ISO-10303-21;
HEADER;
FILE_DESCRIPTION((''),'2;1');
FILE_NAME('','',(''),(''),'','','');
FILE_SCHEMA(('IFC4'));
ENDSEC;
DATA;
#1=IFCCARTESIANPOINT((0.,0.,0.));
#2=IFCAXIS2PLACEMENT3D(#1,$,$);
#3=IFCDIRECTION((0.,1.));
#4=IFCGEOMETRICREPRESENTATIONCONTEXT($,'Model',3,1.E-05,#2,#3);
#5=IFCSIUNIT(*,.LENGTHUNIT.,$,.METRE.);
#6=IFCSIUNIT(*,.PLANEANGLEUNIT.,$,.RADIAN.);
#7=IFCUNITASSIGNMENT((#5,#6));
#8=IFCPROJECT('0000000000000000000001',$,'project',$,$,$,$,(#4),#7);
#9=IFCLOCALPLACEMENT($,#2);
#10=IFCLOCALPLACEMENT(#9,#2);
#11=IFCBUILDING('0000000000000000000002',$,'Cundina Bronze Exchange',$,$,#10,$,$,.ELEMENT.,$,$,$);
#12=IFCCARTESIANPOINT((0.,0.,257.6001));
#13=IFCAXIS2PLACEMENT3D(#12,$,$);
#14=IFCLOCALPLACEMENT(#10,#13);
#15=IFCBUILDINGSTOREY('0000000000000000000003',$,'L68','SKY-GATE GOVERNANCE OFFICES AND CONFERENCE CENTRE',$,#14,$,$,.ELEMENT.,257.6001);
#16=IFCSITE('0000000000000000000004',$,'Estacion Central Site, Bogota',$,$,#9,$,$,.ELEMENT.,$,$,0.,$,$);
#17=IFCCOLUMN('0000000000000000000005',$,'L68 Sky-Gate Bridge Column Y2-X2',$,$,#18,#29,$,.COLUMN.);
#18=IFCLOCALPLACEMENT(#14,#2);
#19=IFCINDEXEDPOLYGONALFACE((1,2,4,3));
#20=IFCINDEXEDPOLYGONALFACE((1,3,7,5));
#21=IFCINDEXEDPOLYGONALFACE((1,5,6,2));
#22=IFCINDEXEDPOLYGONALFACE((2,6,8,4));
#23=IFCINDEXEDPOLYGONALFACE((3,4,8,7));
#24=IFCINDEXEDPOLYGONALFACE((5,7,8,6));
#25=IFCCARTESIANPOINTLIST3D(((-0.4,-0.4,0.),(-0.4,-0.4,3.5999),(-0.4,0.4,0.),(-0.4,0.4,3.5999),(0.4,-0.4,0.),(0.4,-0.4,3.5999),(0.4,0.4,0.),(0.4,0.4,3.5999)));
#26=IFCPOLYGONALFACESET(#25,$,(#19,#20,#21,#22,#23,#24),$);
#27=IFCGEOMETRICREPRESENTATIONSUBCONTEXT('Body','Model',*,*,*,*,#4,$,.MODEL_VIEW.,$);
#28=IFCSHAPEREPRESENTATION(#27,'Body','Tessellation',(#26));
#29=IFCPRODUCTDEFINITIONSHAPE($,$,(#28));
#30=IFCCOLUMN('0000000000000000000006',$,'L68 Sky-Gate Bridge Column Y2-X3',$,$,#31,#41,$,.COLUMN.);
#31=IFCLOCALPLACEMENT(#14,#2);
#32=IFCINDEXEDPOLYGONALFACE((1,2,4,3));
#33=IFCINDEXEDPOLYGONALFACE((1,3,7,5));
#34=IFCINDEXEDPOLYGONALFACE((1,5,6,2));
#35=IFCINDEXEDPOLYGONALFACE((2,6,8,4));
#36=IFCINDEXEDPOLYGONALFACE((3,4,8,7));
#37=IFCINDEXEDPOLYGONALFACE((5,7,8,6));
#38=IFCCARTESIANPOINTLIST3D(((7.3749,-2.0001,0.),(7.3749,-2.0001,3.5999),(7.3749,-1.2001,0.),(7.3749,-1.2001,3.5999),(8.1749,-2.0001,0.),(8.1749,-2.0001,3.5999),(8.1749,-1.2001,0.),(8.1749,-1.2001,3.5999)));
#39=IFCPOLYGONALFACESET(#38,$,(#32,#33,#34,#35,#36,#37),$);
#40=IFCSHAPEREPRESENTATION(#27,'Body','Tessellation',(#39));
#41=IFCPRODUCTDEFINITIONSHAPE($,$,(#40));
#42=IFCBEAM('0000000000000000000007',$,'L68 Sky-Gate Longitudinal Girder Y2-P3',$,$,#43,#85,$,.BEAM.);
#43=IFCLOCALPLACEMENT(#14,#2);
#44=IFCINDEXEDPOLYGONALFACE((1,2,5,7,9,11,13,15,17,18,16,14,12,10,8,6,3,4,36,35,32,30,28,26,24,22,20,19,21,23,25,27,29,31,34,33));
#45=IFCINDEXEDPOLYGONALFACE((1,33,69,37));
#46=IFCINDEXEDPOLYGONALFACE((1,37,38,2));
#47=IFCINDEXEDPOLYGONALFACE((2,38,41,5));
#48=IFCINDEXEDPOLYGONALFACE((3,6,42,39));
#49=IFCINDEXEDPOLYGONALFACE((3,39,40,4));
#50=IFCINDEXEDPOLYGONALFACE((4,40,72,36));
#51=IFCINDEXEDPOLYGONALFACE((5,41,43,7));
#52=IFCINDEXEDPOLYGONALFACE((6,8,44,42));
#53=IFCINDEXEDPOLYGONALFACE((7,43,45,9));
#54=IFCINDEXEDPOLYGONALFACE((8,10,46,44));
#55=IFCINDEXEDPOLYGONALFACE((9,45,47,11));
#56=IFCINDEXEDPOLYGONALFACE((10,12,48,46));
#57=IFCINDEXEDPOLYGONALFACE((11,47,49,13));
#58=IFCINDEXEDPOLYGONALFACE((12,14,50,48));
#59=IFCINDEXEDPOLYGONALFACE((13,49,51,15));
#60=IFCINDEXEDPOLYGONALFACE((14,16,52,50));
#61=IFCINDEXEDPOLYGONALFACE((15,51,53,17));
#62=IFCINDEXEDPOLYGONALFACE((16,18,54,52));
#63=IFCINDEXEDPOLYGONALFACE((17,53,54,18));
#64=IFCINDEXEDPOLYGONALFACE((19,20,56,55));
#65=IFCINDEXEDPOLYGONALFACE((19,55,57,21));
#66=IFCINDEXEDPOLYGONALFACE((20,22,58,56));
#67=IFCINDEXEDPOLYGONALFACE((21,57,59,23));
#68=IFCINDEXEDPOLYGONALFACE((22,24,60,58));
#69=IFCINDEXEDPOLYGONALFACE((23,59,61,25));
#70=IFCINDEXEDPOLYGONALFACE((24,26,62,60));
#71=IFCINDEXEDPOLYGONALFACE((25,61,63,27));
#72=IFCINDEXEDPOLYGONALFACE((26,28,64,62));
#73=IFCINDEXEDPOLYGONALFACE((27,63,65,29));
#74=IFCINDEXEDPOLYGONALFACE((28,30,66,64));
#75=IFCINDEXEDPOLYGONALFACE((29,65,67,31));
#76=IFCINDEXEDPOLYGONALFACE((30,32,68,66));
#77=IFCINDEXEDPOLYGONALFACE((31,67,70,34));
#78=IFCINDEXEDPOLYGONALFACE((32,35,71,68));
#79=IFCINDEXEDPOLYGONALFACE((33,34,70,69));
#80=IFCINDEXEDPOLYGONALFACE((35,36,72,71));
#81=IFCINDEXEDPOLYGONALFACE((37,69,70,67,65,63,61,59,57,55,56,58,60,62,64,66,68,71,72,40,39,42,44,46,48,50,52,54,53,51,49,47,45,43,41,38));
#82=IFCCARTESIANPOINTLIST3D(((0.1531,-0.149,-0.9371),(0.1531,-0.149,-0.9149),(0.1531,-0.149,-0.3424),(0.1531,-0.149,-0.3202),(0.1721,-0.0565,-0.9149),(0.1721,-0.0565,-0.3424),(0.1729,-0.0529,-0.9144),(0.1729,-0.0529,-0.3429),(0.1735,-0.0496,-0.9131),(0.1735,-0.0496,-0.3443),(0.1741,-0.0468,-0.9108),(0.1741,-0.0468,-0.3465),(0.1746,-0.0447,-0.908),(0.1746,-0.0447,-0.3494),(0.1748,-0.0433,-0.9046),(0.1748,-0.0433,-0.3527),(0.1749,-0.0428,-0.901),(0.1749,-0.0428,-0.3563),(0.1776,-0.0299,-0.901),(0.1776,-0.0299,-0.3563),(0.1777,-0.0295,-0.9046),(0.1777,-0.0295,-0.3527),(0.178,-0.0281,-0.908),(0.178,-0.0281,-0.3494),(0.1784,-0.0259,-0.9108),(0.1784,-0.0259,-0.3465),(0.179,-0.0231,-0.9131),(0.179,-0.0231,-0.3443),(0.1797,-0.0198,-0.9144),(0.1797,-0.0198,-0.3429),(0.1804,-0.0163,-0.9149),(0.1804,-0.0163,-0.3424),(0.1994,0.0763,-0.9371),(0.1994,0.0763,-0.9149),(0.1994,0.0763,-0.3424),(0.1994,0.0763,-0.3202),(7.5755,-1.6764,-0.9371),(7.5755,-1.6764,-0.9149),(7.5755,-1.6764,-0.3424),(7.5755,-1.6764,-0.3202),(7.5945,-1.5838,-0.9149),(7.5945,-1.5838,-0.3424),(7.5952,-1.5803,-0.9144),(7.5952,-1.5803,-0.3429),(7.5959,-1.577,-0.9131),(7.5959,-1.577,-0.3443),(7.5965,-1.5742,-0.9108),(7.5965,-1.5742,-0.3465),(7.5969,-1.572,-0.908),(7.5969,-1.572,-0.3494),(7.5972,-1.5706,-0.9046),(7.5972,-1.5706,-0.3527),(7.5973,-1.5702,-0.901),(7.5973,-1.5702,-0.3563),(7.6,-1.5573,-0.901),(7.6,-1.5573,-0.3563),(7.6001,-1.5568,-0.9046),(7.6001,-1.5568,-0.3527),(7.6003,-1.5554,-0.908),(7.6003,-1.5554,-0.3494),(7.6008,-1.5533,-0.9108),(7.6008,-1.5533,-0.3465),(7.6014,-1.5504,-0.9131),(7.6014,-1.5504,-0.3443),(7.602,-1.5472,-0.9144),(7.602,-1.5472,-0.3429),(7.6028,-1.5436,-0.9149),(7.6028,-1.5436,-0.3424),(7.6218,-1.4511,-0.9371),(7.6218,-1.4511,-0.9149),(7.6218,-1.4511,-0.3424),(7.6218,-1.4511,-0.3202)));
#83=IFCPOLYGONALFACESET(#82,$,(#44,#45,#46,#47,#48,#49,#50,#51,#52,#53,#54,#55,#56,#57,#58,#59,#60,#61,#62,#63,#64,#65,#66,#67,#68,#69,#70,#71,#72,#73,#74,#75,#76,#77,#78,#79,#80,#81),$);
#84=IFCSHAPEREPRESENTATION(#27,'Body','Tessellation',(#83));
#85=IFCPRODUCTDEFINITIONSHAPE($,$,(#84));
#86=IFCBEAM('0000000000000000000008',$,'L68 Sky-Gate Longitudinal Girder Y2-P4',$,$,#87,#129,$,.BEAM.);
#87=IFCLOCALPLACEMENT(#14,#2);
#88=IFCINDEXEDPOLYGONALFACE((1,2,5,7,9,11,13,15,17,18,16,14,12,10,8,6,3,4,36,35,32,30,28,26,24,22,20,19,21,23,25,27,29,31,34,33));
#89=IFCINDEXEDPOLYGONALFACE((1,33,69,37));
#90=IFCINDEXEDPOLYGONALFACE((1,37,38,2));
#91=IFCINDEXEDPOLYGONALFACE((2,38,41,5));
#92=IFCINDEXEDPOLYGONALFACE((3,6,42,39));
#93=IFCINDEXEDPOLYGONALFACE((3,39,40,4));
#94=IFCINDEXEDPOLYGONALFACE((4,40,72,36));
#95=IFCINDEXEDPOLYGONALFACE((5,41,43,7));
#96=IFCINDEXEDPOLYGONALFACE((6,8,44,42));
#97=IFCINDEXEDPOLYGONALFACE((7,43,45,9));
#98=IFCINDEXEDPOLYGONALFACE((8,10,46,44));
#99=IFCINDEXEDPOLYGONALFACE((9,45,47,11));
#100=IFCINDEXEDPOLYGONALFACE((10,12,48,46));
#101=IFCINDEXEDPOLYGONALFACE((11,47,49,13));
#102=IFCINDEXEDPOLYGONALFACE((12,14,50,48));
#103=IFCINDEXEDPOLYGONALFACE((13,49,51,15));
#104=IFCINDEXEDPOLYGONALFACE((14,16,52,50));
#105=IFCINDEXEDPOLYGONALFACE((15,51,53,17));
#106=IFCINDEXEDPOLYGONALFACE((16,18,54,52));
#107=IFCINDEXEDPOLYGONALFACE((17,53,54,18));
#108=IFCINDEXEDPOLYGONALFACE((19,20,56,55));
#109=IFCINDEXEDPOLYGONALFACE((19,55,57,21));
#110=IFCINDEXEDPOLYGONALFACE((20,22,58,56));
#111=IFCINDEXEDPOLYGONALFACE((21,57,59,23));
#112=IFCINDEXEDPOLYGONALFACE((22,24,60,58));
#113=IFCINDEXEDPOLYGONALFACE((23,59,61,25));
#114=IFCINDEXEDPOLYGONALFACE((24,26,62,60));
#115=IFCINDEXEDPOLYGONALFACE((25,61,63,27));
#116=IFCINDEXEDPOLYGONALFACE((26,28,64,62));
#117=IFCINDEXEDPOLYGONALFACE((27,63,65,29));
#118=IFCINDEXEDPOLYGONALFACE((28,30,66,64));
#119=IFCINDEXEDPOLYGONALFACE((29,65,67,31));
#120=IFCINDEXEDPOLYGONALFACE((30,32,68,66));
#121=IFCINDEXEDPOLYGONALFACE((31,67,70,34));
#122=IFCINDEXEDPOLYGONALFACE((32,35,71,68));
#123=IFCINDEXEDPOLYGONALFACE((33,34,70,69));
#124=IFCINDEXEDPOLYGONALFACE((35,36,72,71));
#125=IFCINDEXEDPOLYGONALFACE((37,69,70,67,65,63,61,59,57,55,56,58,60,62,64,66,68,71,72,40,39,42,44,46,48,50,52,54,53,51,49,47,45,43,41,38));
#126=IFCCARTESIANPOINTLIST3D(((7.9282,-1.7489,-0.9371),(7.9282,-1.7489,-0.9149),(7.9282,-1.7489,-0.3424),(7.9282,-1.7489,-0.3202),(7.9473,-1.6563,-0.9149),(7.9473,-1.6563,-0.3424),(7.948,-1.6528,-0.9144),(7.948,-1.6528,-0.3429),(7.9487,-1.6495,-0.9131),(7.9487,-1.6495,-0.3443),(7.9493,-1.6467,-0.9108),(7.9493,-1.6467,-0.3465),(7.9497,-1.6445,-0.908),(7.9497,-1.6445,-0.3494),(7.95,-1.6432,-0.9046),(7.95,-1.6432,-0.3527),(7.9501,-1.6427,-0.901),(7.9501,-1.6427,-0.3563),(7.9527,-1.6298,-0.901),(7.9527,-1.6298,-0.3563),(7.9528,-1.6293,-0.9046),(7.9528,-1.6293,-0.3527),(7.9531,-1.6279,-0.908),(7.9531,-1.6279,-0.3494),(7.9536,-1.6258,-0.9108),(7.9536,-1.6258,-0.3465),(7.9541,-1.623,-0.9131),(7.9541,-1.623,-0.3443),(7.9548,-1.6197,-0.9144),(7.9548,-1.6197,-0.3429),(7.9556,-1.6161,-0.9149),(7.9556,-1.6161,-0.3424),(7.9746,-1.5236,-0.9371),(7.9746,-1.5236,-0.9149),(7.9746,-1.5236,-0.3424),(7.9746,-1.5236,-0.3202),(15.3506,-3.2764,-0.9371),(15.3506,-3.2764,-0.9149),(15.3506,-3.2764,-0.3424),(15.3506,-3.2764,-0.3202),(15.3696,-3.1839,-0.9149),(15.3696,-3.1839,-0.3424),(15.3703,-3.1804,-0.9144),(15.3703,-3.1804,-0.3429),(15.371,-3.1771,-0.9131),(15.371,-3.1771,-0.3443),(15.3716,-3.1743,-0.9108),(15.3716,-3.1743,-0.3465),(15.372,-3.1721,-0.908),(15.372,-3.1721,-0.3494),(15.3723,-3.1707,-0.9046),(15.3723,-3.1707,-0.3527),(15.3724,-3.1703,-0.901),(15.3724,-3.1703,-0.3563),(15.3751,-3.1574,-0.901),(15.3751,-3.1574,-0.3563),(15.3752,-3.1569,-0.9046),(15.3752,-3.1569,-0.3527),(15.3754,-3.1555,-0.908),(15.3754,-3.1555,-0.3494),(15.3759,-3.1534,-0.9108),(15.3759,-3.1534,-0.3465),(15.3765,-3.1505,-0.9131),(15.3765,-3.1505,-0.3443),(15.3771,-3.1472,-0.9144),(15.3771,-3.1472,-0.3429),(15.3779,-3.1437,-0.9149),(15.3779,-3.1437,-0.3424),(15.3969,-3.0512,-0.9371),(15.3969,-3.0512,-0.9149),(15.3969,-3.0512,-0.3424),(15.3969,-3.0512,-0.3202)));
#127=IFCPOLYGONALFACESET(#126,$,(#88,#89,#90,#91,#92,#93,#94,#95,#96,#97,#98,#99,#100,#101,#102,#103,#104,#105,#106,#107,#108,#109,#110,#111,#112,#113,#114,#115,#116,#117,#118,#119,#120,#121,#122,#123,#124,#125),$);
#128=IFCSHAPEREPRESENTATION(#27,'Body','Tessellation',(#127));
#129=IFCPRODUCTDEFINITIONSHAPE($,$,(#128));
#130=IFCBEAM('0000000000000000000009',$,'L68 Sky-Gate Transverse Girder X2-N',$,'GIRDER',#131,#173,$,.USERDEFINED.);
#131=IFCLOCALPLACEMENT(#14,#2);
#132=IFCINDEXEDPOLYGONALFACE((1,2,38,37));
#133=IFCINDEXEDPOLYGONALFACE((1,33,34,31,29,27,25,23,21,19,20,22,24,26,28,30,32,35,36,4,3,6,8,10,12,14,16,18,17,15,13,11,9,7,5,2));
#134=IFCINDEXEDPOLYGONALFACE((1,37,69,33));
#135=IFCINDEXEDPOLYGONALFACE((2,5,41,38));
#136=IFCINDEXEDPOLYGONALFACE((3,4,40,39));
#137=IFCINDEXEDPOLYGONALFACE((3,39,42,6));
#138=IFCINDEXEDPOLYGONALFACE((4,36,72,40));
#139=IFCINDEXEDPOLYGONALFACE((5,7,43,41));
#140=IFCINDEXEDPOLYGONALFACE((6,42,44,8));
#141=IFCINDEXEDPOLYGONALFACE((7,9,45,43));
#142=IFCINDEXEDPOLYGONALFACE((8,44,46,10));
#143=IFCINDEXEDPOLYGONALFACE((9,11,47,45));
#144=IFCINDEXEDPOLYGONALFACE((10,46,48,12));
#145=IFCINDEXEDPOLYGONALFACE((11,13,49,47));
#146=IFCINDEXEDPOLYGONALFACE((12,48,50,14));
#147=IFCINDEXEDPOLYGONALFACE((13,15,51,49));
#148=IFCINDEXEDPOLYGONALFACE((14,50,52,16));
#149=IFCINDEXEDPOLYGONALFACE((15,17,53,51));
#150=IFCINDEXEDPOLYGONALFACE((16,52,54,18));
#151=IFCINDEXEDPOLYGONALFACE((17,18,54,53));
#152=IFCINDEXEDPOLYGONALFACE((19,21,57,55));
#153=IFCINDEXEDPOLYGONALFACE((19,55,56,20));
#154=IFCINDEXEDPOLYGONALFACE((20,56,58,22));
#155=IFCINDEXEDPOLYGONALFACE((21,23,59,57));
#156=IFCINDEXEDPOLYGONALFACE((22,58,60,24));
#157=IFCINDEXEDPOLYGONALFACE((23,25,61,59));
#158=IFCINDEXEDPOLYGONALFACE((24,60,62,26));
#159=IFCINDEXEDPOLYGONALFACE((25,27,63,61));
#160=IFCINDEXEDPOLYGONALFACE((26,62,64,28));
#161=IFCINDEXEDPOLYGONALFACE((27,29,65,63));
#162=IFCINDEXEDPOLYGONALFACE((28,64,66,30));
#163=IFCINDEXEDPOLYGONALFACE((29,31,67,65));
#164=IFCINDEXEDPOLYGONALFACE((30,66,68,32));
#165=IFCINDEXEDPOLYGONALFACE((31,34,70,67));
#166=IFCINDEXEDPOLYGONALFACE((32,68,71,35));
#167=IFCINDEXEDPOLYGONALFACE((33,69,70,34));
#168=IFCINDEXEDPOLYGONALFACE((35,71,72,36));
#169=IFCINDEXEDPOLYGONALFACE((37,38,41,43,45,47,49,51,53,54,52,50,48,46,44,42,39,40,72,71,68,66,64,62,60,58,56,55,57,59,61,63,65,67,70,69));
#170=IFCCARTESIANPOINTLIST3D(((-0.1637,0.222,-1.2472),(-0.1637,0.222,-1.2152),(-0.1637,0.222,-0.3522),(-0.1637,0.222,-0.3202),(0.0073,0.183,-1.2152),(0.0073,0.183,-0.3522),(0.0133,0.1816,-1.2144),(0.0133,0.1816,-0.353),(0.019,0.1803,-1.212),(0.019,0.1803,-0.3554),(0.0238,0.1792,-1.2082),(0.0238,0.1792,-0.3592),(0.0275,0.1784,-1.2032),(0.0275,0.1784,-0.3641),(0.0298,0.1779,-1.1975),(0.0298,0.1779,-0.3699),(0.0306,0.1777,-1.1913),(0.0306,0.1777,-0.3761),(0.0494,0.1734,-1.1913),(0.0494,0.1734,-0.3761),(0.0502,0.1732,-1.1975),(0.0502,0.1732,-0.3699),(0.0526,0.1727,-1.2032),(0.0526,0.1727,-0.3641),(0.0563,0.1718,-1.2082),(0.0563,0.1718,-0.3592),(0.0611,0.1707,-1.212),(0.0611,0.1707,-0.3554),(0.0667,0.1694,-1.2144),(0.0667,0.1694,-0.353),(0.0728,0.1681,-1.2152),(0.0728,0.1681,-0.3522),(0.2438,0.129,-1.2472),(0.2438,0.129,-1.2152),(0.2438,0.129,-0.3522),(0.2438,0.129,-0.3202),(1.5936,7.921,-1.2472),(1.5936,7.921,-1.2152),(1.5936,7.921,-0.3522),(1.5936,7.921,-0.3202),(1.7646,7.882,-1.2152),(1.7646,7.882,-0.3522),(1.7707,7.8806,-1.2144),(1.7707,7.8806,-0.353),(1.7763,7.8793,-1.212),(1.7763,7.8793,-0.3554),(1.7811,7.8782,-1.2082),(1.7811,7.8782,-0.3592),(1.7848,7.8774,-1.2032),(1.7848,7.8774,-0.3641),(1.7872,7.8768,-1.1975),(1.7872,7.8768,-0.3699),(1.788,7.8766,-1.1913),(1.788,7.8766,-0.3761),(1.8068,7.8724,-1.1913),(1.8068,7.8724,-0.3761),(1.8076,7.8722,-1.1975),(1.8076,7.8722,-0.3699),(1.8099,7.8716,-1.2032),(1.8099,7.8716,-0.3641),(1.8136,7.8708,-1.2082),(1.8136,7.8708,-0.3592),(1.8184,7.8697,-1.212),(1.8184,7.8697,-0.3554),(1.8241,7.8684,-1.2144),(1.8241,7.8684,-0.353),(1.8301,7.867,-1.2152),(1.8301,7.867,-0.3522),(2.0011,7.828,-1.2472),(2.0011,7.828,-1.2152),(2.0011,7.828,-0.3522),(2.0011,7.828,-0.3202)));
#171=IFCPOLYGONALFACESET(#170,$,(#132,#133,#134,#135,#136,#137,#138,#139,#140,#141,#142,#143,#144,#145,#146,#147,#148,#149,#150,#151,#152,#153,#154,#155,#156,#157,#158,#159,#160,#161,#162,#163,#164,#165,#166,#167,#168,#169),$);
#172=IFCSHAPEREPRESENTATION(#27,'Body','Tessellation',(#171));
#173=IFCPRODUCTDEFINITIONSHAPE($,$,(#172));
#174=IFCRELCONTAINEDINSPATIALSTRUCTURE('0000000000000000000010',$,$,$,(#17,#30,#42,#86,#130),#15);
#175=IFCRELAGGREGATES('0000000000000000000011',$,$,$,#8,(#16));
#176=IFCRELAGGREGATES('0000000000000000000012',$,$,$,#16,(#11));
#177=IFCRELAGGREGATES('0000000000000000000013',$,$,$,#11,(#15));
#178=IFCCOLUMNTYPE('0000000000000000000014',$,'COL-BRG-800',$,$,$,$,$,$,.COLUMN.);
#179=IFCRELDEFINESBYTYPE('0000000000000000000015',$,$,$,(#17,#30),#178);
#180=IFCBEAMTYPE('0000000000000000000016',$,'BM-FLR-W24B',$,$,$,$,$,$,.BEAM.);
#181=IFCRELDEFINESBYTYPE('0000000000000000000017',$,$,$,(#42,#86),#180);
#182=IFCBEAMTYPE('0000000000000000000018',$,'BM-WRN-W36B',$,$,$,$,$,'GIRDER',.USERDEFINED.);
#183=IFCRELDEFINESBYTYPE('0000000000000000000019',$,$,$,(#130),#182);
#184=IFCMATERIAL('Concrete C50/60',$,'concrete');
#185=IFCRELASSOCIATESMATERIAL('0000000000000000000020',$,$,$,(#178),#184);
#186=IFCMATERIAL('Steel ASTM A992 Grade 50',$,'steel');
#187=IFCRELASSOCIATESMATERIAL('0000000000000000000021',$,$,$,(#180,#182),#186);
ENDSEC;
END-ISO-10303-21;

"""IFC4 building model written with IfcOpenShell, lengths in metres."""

from ifc_helpers import new_model, si_unit, direction, frame, origin, origin_2d, place, context, subcontext, project, spatial, rectangle, i_section, extrude, material, material_profile, profile_set, type_object, element, save


model = new_model("IFC4")

# Units and contexts
model_context = context("Model", 3, precision=1e-05, world=origin(), true_north=direction((0.0, 1.0)))
body_context = subcontext(model_context, "Body", "Model", "MODEL_VIEW")
ifc_project = project(units=[si_unit("LENGTHUNIT", "METRE"), si_unit("PLANEANGLEUNIT", "RADIAN")], contexts=[model_context])

# Site, building, storey
site_placement = place(None, origin())
site = spatial("IfcSite", under=ifc_project, at=site_placement, Name="Estacion Central Site, Bogota", CompositionType="ELEMENT", RefElevation=0.0)
building_placement = place(site_placement, origin())
building = spatial("IfcBuilding", under=site, at=building_placement, Name="Cundina Bronze Exchange", CompositionType="ELEMENT")
storey_placement = place(building_placement, frame((0.0, 0.0, 257.6001)))
storey = spatial("IfcBuildingStorey", under=building, at=storey_placement, Name="L68", Description="SKY-GATE GOVERNANCE OFFICES AND CONFERENCE CENTRE", CompositionType="ELEMENT", Elevation=257.6001)

# Columns
ifc_material_1 = material(Name="Concrete C50/60", Category="concrete")
ifc_material_profile_1 = material_profile(ifc_material_1, rectangle(XDim=0.8, YDim=0.8, at=origin_2d()), Name="RC800X800", Category="concrete")
ifc_profile_set_1 = profile_set([ifc_material_profile_1], Name="Concrete C50/60")
column_type = type_object("IfcColumnType", Name="COL-BRG-800", PredefinedType="COLUMN", material=ifc_profile_set_1)
for number, where, z_axis, x_axis, name in (
    (1, (0.0, 0.0, 0.0), (0.0, 0.0, 1.0), (1.0, 0.0, 0.0), "L68 Sky-Gate Bridge Column Y2-X2"),
    (2, (7.7749, -1.6001, 0.0), (0.0, 0.0, 1.0), (1.0, 0.0, 0.0), "L68 Sky-Gate Bridge Column Y2-X3"),
):
    element("IfcColumn", number, at=place(storey_placement, frame(where, z_axis=z_axis, x_axis=x_axis)), inside=storey, type_object=column_type, Name=name, PredefinedType="COLUMN", context=body_context, shape_type="SweptSolid", body=[
        extrude(rectangle(XDim=0.8, YDim=0.8, at=origin_2d()), origin(), (0.0, 0.0, 1.0), 3.5999),
    ])

# Beams
ifc_material_2 = material(Name="Steel ASTM A992 Grade 50", Category="steel")
ifc_material_profile_2 = material_profile(ifc_material_2, i_section(OverallWidth=0.23, OverallDepth=0.6169, WebThickness=0.0132, FlangeThickness=0.0222, FilletRadius=0.0139, at=origin_2d()), Name="W24X94", Category="steel")
ifc_profile_set_2 = profile_set([ifc_material_profile_2], Name="Steel ASTM A992 Grade 50")
beam_type_1 = type_object("IfcBeamType", Name="BM-FLR-W24B", PredefinedType="BEAM", material=ifc_profile_set_2)
for number, where, z_axis, x_axis, name in (
    (3, (0.1763, -0.0364, -0.6287), (0.979478, -0.201553, 0.0), (0.201553, 0.979478, 0.0), "L68 Sky-Gate Longitudinal Girder Y2-P3"),
    (4, (7.9514, -1.6362, -0.6287), (0.979471, -0.201584, 0.0), (0.201584, 0.979471, 0.0), "L68 Sky-Gate Longitudinal Girder Y2-P4"),
):
    element("IfcBeam", number, at=place(storey_placement, frame(where, z_axis=z_axis, x_axis=x_axis)), inside=storey, type_object=beam_type_1, Name=name, PredefinedType="BEAM", context=body_context, shape_type="SweptSolid", body=[
        extrude(i_section(OverallWidth=0.23, OverallDepth=0.6169, WebThickness=0.0132, FlangeThickness=0.0222, FilletRadius=0.0139, at=origin_2d()), origin(), (0.0, 0.0, 1.0), 7.5779),
    ])
ifc_material_profile_3 = material_profile(ifc_material_2, i_section(OverallWidth=0.418, OverallDepth=0.927, WebThickness=0.0193, FlangeThickness=0.032, FilletRadius=0.0239, at=origin_2d()), Name="W36X231", Category="steel")
ifc_profile_set_3 = profile_set([ifc_material_profile_3], Name="Steel ASTM A992 Grade 50")
beam_type_2 = type_object("IfcBeamType", Name="BM-WRN-W36B", ElementType="GIRDER", PredefinedType="USERDEFINED", material=ifc_profile_set_3)
beam_1_placement = place(storey_placement, frame((0.04, 0.1755, -0.7837), z_axis=(0.222531, 0.974926, 0.0), x_axis=(-0.974926, 0.222531, 0.0)))
element("IfcBeam", 5, at=beam_1_placement, inside=storey, type_object=beam_type_2, Name="L68 Sky-Gate Transverse Girder X2-N", ObjectType="GIRDER", PredefinedType="USERDEFINED", context=body_context, shape_type="SweptSolid", body=[
    extrude(i_section(OverallWidth=0.418, OverallDepth=0.927, WebThickness=0.0193, FlangeThickness=0.032, FilletRadius=0.0239, at=origin_2d()), origin(), (0.0, 0.0, 1.0), 7.897),
])

save(model, "model.ifc")
